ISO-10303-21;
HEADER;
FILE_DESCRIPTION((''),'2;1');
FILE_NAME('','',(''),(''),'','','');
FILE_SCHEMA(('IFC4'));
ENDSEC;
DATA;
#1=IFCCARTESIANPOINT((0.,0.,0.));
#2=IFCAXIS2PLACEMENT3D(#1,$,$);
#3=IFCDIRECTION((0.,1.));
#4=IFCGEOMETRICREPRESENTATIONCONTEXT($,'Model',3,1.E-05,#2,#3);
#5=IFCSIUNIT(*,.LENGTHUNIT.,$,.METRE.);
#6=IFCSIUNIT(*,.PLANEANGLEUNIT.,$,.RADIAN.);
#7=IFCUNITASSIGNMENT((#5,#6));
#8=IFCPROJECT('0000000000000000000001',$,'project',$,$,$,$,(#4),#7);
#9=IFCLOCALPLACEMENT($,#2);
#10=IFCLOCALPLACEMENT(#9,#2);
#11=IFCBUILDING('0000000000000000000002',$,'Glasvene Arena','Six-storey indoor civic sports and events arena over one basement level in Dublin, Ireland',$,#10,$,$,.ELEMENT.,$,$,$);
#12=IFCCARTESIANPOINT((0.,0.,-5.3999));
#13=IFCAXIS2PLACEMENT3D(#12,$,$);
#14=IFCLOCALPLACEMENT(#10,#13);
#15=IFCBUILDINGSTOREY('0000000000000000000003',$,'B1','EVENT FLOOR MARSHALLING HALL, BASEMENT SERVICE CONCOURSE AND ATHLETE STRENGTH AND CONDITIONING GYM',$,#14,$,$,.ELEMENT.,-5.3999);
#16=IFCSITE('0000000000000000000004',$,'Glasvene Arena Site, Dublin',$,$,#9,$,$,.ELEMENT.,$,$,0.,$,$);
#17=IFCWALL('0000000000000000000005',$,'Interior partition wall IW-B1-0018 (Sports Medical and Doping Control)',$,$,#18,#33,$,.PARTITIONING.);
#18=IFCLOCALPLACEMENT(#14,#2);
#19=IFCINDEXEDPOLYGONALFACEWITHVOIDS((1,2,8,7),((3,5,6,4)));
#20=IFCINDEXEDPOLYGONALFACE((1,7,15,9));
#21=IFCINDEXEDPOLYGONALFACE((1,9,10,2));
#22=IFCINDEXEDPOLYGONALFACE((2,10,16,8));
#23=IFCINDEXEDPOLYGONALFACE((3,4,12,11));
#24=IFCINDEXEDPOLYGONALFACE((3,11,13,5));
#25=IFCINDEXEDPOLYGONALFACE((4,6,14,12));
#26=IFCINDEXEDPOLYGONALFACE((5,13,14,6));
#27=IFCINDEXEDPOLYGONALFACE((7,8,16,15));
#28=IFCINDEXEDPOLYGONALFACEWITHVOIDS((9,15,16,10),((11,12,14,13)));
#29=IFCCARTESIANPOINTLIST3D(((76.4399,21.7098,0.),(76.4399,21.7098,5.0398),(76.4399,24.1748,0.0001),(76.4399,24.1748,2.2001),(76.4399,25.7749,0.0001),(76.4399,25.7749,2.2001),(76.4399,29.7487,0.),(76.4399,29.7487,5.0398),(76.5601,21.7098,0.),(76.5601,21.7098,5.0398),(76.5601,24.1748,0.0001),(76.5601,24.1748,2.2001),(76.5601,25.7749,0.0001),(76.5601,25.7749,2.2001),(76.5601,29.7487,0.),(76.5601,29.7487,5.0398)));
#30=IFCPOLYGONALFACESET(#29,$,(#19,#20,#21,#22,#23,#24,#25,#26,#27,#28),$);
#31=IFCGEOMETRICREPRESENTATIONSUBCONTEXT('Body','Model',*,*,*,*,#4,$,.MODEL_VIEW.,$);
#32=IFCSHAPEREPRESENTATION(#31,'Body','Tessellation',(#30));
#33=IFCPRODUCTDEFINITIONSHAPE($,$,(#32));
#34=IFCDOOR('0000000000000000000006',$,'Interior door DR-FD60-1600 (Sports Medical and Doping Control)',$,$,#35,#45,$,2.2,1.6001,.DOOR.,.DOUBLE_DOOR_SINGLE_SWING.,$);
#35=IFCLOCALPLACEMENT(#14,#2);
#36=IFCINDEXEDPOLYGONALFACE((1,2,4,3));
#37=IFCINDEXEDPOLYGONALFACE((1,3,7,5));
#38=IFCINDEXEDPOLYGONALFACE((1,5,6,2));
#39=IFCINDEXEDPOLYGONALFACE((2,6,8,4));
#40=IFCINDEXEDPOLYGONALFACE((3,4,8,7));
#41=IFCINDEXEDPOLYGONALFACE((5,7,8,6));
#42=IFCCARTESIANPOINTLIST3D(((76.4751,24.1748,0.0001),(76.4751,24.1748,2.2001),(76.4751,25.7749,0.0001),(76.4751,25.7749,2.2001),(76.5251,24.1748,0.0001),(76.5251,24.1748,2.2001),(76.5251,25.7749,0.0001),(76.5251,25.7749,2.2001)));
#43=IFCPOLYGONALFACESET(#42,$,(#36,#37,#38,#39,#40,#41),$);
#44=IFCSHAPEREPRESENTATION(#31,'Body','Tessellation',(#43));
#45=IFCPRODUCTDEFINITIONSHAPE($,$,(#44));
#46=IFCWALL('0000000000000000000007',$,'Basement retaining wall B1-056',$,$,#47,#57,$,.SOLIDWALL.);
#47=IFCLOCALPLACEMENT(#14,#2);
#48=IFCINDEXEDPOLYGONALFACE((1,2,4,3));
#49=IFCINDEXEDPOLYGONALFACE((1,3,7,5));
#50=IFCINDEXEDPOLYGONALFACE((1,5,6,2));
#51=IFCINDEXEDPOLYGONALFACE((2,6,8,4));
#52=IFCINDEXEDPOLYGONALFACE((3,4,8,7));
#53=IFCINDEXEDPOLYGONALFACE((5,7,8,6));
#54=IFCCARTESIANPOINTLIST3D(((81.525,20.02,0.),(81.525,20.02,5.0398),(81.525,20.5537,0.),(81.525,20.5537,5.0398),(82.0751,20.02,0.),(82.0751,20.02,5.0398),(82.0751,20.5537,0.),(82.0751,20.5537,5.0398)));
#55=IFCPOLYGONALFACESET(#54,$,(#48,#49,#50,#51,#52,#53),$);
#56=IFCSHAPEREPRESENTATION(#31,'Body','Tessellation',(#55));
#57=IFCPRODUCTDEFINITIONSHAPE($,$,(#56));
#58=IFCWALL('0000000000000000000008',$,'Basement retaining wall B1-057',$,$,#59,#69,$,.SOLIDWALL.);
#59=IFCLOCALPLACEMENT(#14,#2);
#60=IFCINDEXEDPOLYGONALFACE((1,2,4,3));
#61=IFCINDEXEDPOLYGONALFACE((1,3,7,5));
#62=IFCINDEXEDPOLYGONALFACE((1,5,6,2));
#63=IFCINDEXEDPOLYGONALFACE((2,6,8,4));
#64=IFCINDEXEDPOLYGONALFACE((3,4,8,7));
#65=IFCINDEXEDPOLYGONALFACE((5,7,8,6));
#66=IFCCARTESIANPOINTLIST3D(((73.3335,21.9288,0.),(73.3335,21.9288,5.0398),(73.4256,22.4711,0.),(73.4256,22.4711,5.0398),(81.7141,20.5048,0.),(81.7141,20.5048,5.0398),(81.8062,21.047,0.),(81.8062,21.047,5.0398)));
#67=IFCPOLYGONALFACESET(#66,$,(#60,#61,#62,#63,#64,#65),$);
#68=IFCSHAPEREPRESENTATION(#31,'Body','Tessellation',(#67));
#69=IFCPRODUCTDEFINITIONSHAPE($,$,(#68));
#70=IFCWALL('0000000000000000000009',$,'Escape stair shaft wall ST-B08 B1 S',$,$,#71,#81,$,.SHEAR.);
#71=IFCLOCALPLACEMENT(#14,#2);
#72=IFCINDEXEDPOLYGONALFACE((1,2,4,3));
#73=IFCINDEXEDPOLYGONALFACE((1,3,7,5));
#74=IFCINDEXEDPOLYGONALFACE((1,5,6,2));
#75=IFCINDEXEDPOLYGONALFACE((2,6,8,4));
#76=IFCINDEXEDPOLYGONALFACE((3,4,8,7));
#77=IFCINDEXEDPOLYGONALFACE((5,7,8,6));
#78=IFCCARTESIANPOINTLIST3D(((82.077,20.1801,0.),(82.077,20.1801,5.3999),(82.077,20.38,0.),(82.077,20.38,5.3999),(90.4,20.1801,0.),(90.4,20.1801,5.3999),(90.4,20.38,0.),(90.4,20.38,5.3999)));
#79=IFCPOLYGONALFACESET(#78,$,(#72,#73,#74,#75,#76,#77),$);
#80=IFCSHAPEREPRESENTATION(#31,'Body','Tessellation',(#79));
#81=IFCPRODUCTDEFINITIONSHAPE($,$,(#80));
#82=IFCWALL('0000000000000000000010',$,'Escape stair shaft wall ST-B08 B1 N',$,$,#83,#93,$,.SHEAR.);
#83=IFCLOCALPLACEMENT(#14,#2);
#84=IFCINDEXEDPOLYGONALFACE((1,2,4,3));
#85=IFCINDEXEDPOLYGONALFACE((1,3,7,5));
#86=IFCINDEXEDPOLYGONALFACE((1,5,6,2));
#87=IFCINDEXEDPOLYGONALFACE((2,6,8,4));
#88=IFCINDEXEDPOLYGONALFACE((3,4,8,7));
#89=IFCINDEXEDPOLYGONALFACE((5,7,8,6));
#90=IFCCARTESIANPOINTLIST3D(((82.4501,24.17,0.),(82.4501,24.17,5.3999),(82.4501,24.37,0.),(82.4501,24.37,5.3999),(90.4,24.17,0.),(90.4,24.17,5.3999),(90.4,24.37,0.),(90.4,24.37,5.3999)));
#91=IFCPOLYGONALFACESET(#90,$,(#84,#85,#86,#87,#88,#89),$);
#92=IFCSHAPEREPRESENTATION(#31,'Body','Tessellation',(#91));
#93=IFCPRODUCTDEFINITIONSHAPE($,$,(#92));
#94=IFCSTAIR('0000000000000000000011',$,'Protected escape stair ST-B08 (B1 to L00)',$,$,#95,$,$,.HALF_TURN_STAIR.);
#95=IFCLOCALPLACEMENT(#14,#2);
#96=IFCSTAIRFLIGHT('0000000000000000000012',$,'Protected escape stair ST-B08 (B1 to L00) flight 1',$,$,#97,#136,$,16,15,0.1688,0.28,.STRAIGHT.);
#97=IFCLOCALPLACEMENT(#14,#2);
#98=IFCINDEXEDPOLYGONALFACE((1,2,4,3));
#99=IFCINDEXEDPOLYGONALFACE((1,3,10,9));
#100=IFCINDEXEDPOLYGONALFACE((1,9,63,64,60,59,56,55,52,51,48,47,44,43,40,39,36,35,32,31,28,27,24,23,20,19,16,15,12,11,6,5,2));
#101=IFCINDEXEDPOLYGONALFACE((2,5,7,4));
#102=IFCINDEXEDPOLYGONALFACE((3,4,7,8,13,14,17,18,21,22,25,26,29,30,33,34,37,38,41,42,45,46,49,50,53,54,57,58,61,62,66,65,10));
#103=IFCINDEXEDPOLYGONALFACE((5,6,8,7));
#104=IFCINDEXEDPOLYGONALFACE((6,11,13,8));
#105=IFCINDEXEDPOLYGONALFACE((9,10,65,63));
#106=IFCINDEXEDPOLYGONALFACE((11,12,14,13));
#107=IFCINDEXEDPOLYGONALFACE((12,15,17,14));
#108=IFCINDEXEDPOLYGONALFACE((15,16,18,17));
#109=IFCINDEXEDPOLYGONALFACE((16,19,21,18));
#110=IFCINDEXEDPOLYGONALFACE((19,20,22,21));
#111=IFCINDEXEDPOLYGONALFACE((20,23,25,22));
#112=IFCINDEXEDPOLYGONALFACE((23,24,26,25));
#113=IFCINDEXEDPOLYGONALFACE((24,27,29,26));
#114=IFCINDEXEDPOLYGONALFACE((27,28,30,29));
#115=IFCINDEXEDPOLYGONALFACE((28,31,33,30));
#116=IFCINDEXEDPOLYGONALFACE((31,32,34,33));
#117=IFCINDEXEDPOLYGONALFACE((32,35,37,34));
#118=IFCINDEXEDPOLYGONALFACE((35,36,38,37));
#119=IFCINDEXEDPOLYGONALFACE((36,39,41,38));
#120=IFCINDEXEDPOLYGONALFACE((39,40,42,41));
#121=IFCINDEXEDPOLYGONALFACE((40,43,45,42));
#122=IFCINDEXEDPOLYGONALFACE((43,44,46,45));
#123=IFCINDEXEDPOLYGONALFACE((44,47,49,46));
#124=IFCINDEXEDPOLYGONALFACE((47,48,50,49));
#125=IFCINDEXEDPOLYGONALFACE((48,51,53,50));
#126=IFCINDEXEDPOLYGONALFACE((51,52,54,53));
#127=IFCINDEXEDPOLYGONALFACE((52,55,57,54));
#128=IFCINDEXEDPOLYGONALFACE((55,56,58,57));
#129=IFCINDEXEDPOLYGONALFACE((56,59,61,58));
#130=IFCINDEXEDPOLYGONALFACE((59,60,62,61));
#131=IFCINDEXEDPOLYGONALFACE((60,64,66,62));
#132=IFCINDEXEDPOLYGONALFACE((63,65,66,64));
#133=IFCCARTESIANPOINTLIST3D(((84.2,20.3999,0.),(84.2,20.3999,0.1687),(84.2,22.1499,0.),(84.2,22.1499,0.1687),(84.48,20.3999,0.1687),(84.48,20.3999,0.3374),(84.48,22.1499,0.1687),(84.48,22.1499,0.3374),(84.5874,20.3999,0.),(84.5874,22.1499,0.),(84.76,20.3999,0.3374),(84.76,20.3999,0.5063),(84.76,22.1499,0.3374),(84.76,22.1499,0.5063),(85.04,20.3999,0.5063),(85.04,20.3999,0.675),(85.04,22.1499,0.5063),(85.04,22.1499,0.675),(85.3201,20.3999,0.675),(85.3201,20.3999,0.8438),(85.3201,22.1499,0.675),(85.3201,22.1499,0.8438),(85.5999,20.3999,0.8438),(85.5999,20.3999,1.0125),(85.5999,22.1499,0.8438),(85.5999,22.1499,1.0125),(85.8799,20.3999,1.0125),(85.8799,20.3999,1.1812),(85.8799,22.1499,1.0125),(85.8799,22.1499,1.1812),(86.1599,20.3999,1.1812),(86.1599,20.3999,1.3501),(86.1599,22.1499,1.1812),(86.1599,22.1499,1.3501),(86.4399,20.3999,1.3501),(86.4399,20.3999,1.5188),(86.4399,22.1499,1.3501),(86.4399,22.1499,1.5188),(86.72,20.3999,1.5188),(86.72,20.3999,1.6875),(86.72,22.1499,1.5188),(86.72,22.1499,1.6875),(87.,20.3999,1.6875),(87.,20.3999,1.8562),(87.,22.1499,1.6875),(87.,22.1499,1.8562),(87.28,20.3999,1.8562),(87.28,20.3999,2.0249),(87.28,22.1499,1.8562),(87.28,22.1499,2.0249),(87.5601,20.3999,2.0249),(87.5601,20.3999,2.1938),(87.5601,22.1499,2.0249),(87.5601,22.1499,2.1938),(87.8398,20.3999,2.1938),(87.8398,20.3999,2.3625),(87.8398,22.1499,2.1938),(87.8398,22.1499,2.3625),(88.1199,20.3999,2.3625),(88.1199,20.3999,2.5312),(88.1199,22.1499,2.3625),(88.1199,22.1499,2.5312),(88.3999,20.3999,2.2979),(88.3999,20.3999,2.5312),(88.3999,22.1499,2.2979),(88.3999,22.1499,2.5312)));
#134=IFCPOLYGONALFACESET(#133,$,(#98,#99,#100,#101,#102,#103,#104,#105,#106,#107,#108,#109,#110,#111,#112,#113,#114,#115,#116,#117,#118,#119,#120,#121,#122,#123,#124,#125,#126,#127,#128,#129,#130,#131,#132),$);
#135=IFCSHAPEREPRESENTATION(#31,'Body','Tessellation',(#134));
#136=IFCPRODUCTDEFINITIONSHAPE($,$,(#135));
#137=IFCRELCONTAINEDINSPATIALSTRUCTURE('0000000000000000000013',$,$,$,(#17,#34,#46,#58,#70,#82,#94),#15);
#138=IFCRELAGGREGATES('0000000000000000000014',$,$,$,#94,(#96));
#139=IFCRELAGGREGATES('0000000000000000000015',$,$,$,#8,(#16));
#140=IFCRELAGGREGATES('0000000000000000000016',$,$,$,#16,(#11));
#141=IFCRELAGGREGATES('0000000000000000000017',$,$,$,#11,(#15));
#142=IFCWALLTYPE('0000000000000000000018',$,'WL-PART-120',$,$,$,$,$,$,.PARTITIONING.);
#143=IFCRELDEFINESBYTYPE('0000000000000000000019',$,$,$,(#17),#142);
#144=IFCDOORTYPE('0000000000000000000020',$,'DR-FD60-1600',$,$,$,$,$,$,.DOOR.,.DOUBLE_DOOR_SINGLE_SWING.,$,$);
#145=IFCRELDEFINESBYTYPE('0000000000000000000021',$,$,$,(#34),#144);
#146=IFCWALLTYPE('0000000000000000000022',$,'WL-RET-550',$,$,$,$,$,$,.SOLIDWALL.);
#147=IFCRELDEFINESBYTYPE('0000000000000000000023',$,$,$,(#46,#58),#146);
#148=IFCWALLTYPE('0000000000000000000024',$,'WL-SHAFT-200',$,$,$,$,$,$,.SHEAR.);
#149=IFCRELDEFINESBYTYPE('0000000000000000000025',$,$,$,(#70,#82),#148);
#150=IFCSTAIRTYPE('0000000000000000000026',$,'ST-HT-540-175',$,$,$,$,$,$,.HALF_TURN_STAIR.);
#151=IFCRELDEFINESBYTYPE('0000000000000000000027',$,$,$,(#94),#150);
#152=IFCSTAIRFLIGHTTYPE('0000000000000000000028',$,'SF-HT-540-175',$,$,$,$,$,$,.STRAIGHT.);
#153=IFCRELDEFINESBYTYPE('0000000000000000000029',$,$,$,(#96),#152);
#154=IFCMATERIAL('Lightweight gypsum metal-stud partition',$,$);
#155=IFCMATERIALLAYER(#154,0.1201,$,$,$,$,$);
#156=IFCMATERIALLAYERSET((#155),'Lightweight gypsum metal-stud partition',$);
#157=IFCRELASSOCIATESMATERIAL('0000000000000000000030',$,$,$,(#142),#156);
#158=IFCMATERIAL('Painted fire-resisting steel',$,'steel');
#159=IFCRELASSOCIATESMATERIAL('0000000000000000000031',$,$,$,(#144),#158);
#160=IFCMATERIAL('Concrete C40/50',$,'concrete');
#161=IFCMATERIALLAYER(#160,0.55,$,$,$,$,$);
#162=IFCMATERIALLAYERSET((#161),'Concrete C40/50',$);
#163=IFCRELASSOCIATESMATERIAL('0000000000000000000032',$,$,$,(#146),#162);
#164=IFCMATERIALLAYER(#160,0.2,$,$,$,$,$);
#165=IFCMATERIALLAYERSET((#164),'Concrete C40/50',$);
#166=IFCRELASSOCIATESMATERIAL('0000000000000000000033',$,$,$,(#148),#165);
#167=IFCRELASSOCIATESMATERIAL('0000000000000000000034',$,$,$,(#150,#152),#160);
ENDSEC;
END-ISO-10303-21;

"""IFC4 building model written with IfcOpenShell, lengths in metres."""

from ifc_helpers import new_model, si_unit, direction, frame, frame_2d, origin, place, context, subcontext, project, spatial, polyline, rectangle, outline, extrude, material, layer, layer_set, type_object, element, fill, aggregate, save


model = new_model("IFC4")

# Units and contexts
model_context = context("Model", 3, precision=1e-05, world=origin(), true_north=direction((0.0, 1.0)))
body_context = subcontext(model_context, "Body", "Model", "MODEL_VIEW")
ifc_project = project(units=[si_unit("LENGTHUNIT", "METRE"), si_unit("PLANEANGLEUNIT", "RADIAN")], contexts=[model_context])

# Site, building, storey
site_placement = place(None, origin())
site = spatial("IfcSite", under=ifc_project, at=site_placement, Name="Glasvene Arena Site, Dublin", CompositionType="ELEMENT", RefElevation=0.0)
building_placement = place(site_placement, origin())
building = spatial("IfcBuilding", under=site, at=building_placement, Name="Glasvene Arena", Description="Six-storey indoor civic sports and events arena over one basement level in Dublin, Ireland", CompositionType="ELEMENT")
storey_placement = place(building_placement, frame((0.0, 0.0, -5.3999)))
storey = spatial("IfcBuildingStorey", under=building, at=storey_placement, Name="B1", Description="EVENT FLOOR MARSHALLING HALL, BASEMENT SERVICE CONCOURSE AND ATHLETE STRENGTH AND CONDITIONING GYM", CompositionType="ELEMENT", Elevation=-5.3999)

# Shared definitions
ifc_material_1 = material(Name="Concrete C40/50", Category="concrete")

# Wall, opening, door
ifc_material_2 = material(Name="Lightweight gypsum metal-stud partition")
ifc_layer_1 = layer(ifc_material_2, 0.1201)
ifc_layer_set_1 = layer_set([ifc_layer_1], Name="Lightweight gypsum metal-stud partition")
wall_type_1 = type_object("IfcWallType", Name="WL-PART-120", PredefinedType="PARTITIONING", material=ifc_layer_set_1)
wall_1_placement = place(storey_placement, frame((76.5, 21.7097, 0.0), z_axis=(0.0, 0.0, 1.0), x_axis=(0.0, 1.0, 0.0)))
wall_1 = element("IfcWall", 1, at=wall_1_placement, inside=storey, type_object=wall_type_1, Name="Interior partition wall IW-B1-0018 (Sports Medical and Doping Control)", PredefinedType="PARTITIONING", context=body_context, shape_type="SweptSolid", body=[
    extrude(rectangle(XDim=8.0388, YDim=0.1201, at=frame_2d((4.0195, 0.0))), origin(), (0.0, 0.0, 1.0), 5.0398),
])
opening_1_placement = place(wall_1_placement, frame((2.4651, 0.0, 0.0)))
opening_1 = element("IfcOpeningElement", 2, at=opening_1_placement, cuts=wall_1, PredefinedType="OPENING", context=body_context, shape_type="SweptSolid", body=[
    extrude(rectangle(XDim=1.6001, YDim=2.2, at=frame_2d((0.8, 1.1001))), frame((0.0, 0.0701, 0.0), z_axis=(0.0, -1.0, 0.0), x_axis=(1.0, 0.0, 0.0)), (0.0, 0.0, 1.0), 0.1401),
])
ifc_material_3 = material(Name="Painted fire-resisting steel", Category="steel")
door_type_1 = type_object("IfcDoorType", Name="DR-FD60-1600", OperationType="DOUBLE_DOOR_SINGLE_SWING", PredefinedType="DOOR", material=ifc_material_3)
door_1_placement = place(opening_1_placement, origin())
door_1 = element("IfcDoor", 3, at=door_1_placement, inside=storey, type_object=door_type_1, Name="Interior door DR-FD60-1600 (Sports Medical and Doping Control)", OperationType="DOUBLE_DOOR_SINGLE_SWING", OverallHeight=2.2, OverallWidth=1.6001, PredefinedType="DOOR", context=body_context, shape_type="SweptSolid", body=[
    extrude(rectangle(XDim=1.6001, YDim=2.2, at=frame_2d((0.8, 1.1001))), frame((0.0, 0.0249, 0.0), z_axis=(0.0, -1.0, 0.0), x_axis=(1.0, 0.0, 0.0)), (0.0, 0.0, 1.0), 0.05),
])
fill(opening_1, door_1)

# Walls
ifc_layer_2 = layer(ifc_material_1, 0.55)
ifc_layer_set_2 = layer_set([ifc_layer_2], Name="Concrete C40/50")
wall_type_2 = type_object("IfcWallType", Name="WL-RET-550", PredefinedType="SOLIDWALL", material=ifc_layer_set_2)
wall_2_placement = place(storey_placement, frame((81.8, 20.02, 0.0), z_axis=(0.0, 0.0, 1.0), x_axis=(0.0, 1.0, 0.0)))
element("IfcWall", 4, at=wall_2_placement, inside=storey, type_object=wall_type_2, Name="Basement retaining wall B1-056", PredefinedType="SOLIDWALL", context=body_context, shape_type="SweptSolid", body=[
    extrude(rectangle(XDim=0.5337, YDim=0.55, at=frame_2d((0.2668, 0.0))), origin(), (0.0, 0.0, 1.0), 5.0398),
])
wall_3_placement = place(storey_placement, frame((81.7603, 20.7759, 0.0), z_axis=(0.0, 0.0, 1.0), x_axis=(-0.985868, 0.167523, 0.0)))
element("IfcWall", 5, at=wall_3_placement, inside=storey, type_object=wall_type_2, Name="Basement retaining wall B1-057", PredefinedType="SOLIDWALL", context=body_context, shape_type="SweptSolid", body=[
    extrude(rectangle(XDim=8.5007, YDim=0.55, at=frame_2d((4.2505, 0.0))), origin(), (0.0, 0.0, 1.0), 5.0398),
])
ifc_layer_3 = layer(ifc_material_1, 0.2)
ifc_layer_set_3 = layer_set([ifc_layer_3], Name="Concrete C40/50")
wall_type_3 = type_object("IfcWallType", Name="WL-SHAFT-200", PredefinedType="SHEAR", material=ifc_layer_set_3)
wall_4_placement = place(storey_placement, frame((82.0769, 20.28, 0.0), z_axis=(0.0, 0.0, 1.0), x_axis=(1.0, 0.0, 0.0)))
element("IfcWall", 6, at=wall_4_placement, inside=storey, type_object=wall_type_3, Name="Escape stair shaft wall ST-B08 B1 S", PredefinedType="SHEAR", context=body_context, shape_type="SweptSolid", body=[
    extrude(rectangle(XDim=8.323, YDim=0.2, at=frame_2d((4.1616, 0.0))), origin(), (0.0, 0.0, 1.0), 5.3999),
])

# Wall
wall_5_placement = place(storey_placement, frame((82.45, 24.27, 0.0), z_axis=(0.0, 0.0, 1.0), x_axis=(1.0, 0.0, 0.0)))
element("IfcWall", 7, at=wall_5_placement, inside=storey, type_object=wall_type_3, Name="Escape stair shaft wall ST-B08 B1 N", PredefinedType="SHEAR", context=body_context, shape_type="SweptSolid", body=[
    extrude(rectangle(XDim=7.95, YDim=0.2, at=frame_2d((3.9751, 0.0))), origin(), (0.0, 0.0, 1.0), 5.3999),
])

# Stair, stair flight
stair_type = type_object("IfcStairType", Name="ST-HT-540-175", PredefinedType="HALF_TURN_STAIR", material=ifc_material_1)
stair_placement = place(storey_placement, origin())
stair = element("IfcStair", 8, at=stair_placement, inside=storey, type_object=stair_type, Name="Protected escape stair ST-B08 (B1 to L00)", PredefinedType="HALF_TURN_STAIR")
stair_flight_type = type_object("IfcStairFlightType", Name="SF-HT-540-175", PredefinedType="STRAIGHT", material=ifc_material_1)
stair_flight_placement = place(storey_placement, frame((84.2, 21.2749, 0.0), z_axis=(0.0, 0.0, 1.0), x_axis=(1.0, 0.0, 0.0)))
stair_flight = element("IfcStairFlight", 9, at=stair_flight_placement, type_object=stair_flight_type, Name="Protected escape stair ST-B08 (B1 to L00) flight 1", NumberOfRisers=16, NumberOfTreads=15, PredefinedType="STRAIGHT", RiserHeight=0.1688, TreadLength=0.28, context=body_context, shape_type="SweptSolid", body=[
    extrude(outline(polyline([(0.0, 0.0), (0.0, 0.1687), (0.28, 0.1687), (0.28, 0.3374), (0.5601, 0.3374), (0.5601, 0.5063), (0.8401, 0.5063), (0.8401, 0.675), (1.1201, 0.675), (1.1201, 0.8438), (1.3999, 0.8438), (1.3999, 1.0125), (1.6799, 1.0125), (1.6799, 1.1812), (1.96, 1.1812), (1.96, 1.3501), (2.24, 1.3501), (2.24, 1.5188), (2.52, 1.5188), (2.52, 1.6875), (2.8, 1.6875), (2.8, 1.8562), (3.0801, 1.8562), (3.0801, 2.0249), (3.3601, 2.0249), (3.3601, 2.1938), (3.6399, 2.1938), (3.6399, 2.3625), (3.9199, 2.3625), (3.9199, 2.5312), (4.2, 2.5312), (4.2, 2.7), (4.2, 2.2979), (0.3875, 0.0), (0.0, 0.0)])), frame((0.0, 0.875, 0.0), z_axis=(0.0, -1.0, 0.0), x_axis=(1.0, 0.0, 0.0)), (0.0, 0.0, 1.0), 1.75),
])
aggregate(stair, [stair_flight])

save(model, "model.ifc")
